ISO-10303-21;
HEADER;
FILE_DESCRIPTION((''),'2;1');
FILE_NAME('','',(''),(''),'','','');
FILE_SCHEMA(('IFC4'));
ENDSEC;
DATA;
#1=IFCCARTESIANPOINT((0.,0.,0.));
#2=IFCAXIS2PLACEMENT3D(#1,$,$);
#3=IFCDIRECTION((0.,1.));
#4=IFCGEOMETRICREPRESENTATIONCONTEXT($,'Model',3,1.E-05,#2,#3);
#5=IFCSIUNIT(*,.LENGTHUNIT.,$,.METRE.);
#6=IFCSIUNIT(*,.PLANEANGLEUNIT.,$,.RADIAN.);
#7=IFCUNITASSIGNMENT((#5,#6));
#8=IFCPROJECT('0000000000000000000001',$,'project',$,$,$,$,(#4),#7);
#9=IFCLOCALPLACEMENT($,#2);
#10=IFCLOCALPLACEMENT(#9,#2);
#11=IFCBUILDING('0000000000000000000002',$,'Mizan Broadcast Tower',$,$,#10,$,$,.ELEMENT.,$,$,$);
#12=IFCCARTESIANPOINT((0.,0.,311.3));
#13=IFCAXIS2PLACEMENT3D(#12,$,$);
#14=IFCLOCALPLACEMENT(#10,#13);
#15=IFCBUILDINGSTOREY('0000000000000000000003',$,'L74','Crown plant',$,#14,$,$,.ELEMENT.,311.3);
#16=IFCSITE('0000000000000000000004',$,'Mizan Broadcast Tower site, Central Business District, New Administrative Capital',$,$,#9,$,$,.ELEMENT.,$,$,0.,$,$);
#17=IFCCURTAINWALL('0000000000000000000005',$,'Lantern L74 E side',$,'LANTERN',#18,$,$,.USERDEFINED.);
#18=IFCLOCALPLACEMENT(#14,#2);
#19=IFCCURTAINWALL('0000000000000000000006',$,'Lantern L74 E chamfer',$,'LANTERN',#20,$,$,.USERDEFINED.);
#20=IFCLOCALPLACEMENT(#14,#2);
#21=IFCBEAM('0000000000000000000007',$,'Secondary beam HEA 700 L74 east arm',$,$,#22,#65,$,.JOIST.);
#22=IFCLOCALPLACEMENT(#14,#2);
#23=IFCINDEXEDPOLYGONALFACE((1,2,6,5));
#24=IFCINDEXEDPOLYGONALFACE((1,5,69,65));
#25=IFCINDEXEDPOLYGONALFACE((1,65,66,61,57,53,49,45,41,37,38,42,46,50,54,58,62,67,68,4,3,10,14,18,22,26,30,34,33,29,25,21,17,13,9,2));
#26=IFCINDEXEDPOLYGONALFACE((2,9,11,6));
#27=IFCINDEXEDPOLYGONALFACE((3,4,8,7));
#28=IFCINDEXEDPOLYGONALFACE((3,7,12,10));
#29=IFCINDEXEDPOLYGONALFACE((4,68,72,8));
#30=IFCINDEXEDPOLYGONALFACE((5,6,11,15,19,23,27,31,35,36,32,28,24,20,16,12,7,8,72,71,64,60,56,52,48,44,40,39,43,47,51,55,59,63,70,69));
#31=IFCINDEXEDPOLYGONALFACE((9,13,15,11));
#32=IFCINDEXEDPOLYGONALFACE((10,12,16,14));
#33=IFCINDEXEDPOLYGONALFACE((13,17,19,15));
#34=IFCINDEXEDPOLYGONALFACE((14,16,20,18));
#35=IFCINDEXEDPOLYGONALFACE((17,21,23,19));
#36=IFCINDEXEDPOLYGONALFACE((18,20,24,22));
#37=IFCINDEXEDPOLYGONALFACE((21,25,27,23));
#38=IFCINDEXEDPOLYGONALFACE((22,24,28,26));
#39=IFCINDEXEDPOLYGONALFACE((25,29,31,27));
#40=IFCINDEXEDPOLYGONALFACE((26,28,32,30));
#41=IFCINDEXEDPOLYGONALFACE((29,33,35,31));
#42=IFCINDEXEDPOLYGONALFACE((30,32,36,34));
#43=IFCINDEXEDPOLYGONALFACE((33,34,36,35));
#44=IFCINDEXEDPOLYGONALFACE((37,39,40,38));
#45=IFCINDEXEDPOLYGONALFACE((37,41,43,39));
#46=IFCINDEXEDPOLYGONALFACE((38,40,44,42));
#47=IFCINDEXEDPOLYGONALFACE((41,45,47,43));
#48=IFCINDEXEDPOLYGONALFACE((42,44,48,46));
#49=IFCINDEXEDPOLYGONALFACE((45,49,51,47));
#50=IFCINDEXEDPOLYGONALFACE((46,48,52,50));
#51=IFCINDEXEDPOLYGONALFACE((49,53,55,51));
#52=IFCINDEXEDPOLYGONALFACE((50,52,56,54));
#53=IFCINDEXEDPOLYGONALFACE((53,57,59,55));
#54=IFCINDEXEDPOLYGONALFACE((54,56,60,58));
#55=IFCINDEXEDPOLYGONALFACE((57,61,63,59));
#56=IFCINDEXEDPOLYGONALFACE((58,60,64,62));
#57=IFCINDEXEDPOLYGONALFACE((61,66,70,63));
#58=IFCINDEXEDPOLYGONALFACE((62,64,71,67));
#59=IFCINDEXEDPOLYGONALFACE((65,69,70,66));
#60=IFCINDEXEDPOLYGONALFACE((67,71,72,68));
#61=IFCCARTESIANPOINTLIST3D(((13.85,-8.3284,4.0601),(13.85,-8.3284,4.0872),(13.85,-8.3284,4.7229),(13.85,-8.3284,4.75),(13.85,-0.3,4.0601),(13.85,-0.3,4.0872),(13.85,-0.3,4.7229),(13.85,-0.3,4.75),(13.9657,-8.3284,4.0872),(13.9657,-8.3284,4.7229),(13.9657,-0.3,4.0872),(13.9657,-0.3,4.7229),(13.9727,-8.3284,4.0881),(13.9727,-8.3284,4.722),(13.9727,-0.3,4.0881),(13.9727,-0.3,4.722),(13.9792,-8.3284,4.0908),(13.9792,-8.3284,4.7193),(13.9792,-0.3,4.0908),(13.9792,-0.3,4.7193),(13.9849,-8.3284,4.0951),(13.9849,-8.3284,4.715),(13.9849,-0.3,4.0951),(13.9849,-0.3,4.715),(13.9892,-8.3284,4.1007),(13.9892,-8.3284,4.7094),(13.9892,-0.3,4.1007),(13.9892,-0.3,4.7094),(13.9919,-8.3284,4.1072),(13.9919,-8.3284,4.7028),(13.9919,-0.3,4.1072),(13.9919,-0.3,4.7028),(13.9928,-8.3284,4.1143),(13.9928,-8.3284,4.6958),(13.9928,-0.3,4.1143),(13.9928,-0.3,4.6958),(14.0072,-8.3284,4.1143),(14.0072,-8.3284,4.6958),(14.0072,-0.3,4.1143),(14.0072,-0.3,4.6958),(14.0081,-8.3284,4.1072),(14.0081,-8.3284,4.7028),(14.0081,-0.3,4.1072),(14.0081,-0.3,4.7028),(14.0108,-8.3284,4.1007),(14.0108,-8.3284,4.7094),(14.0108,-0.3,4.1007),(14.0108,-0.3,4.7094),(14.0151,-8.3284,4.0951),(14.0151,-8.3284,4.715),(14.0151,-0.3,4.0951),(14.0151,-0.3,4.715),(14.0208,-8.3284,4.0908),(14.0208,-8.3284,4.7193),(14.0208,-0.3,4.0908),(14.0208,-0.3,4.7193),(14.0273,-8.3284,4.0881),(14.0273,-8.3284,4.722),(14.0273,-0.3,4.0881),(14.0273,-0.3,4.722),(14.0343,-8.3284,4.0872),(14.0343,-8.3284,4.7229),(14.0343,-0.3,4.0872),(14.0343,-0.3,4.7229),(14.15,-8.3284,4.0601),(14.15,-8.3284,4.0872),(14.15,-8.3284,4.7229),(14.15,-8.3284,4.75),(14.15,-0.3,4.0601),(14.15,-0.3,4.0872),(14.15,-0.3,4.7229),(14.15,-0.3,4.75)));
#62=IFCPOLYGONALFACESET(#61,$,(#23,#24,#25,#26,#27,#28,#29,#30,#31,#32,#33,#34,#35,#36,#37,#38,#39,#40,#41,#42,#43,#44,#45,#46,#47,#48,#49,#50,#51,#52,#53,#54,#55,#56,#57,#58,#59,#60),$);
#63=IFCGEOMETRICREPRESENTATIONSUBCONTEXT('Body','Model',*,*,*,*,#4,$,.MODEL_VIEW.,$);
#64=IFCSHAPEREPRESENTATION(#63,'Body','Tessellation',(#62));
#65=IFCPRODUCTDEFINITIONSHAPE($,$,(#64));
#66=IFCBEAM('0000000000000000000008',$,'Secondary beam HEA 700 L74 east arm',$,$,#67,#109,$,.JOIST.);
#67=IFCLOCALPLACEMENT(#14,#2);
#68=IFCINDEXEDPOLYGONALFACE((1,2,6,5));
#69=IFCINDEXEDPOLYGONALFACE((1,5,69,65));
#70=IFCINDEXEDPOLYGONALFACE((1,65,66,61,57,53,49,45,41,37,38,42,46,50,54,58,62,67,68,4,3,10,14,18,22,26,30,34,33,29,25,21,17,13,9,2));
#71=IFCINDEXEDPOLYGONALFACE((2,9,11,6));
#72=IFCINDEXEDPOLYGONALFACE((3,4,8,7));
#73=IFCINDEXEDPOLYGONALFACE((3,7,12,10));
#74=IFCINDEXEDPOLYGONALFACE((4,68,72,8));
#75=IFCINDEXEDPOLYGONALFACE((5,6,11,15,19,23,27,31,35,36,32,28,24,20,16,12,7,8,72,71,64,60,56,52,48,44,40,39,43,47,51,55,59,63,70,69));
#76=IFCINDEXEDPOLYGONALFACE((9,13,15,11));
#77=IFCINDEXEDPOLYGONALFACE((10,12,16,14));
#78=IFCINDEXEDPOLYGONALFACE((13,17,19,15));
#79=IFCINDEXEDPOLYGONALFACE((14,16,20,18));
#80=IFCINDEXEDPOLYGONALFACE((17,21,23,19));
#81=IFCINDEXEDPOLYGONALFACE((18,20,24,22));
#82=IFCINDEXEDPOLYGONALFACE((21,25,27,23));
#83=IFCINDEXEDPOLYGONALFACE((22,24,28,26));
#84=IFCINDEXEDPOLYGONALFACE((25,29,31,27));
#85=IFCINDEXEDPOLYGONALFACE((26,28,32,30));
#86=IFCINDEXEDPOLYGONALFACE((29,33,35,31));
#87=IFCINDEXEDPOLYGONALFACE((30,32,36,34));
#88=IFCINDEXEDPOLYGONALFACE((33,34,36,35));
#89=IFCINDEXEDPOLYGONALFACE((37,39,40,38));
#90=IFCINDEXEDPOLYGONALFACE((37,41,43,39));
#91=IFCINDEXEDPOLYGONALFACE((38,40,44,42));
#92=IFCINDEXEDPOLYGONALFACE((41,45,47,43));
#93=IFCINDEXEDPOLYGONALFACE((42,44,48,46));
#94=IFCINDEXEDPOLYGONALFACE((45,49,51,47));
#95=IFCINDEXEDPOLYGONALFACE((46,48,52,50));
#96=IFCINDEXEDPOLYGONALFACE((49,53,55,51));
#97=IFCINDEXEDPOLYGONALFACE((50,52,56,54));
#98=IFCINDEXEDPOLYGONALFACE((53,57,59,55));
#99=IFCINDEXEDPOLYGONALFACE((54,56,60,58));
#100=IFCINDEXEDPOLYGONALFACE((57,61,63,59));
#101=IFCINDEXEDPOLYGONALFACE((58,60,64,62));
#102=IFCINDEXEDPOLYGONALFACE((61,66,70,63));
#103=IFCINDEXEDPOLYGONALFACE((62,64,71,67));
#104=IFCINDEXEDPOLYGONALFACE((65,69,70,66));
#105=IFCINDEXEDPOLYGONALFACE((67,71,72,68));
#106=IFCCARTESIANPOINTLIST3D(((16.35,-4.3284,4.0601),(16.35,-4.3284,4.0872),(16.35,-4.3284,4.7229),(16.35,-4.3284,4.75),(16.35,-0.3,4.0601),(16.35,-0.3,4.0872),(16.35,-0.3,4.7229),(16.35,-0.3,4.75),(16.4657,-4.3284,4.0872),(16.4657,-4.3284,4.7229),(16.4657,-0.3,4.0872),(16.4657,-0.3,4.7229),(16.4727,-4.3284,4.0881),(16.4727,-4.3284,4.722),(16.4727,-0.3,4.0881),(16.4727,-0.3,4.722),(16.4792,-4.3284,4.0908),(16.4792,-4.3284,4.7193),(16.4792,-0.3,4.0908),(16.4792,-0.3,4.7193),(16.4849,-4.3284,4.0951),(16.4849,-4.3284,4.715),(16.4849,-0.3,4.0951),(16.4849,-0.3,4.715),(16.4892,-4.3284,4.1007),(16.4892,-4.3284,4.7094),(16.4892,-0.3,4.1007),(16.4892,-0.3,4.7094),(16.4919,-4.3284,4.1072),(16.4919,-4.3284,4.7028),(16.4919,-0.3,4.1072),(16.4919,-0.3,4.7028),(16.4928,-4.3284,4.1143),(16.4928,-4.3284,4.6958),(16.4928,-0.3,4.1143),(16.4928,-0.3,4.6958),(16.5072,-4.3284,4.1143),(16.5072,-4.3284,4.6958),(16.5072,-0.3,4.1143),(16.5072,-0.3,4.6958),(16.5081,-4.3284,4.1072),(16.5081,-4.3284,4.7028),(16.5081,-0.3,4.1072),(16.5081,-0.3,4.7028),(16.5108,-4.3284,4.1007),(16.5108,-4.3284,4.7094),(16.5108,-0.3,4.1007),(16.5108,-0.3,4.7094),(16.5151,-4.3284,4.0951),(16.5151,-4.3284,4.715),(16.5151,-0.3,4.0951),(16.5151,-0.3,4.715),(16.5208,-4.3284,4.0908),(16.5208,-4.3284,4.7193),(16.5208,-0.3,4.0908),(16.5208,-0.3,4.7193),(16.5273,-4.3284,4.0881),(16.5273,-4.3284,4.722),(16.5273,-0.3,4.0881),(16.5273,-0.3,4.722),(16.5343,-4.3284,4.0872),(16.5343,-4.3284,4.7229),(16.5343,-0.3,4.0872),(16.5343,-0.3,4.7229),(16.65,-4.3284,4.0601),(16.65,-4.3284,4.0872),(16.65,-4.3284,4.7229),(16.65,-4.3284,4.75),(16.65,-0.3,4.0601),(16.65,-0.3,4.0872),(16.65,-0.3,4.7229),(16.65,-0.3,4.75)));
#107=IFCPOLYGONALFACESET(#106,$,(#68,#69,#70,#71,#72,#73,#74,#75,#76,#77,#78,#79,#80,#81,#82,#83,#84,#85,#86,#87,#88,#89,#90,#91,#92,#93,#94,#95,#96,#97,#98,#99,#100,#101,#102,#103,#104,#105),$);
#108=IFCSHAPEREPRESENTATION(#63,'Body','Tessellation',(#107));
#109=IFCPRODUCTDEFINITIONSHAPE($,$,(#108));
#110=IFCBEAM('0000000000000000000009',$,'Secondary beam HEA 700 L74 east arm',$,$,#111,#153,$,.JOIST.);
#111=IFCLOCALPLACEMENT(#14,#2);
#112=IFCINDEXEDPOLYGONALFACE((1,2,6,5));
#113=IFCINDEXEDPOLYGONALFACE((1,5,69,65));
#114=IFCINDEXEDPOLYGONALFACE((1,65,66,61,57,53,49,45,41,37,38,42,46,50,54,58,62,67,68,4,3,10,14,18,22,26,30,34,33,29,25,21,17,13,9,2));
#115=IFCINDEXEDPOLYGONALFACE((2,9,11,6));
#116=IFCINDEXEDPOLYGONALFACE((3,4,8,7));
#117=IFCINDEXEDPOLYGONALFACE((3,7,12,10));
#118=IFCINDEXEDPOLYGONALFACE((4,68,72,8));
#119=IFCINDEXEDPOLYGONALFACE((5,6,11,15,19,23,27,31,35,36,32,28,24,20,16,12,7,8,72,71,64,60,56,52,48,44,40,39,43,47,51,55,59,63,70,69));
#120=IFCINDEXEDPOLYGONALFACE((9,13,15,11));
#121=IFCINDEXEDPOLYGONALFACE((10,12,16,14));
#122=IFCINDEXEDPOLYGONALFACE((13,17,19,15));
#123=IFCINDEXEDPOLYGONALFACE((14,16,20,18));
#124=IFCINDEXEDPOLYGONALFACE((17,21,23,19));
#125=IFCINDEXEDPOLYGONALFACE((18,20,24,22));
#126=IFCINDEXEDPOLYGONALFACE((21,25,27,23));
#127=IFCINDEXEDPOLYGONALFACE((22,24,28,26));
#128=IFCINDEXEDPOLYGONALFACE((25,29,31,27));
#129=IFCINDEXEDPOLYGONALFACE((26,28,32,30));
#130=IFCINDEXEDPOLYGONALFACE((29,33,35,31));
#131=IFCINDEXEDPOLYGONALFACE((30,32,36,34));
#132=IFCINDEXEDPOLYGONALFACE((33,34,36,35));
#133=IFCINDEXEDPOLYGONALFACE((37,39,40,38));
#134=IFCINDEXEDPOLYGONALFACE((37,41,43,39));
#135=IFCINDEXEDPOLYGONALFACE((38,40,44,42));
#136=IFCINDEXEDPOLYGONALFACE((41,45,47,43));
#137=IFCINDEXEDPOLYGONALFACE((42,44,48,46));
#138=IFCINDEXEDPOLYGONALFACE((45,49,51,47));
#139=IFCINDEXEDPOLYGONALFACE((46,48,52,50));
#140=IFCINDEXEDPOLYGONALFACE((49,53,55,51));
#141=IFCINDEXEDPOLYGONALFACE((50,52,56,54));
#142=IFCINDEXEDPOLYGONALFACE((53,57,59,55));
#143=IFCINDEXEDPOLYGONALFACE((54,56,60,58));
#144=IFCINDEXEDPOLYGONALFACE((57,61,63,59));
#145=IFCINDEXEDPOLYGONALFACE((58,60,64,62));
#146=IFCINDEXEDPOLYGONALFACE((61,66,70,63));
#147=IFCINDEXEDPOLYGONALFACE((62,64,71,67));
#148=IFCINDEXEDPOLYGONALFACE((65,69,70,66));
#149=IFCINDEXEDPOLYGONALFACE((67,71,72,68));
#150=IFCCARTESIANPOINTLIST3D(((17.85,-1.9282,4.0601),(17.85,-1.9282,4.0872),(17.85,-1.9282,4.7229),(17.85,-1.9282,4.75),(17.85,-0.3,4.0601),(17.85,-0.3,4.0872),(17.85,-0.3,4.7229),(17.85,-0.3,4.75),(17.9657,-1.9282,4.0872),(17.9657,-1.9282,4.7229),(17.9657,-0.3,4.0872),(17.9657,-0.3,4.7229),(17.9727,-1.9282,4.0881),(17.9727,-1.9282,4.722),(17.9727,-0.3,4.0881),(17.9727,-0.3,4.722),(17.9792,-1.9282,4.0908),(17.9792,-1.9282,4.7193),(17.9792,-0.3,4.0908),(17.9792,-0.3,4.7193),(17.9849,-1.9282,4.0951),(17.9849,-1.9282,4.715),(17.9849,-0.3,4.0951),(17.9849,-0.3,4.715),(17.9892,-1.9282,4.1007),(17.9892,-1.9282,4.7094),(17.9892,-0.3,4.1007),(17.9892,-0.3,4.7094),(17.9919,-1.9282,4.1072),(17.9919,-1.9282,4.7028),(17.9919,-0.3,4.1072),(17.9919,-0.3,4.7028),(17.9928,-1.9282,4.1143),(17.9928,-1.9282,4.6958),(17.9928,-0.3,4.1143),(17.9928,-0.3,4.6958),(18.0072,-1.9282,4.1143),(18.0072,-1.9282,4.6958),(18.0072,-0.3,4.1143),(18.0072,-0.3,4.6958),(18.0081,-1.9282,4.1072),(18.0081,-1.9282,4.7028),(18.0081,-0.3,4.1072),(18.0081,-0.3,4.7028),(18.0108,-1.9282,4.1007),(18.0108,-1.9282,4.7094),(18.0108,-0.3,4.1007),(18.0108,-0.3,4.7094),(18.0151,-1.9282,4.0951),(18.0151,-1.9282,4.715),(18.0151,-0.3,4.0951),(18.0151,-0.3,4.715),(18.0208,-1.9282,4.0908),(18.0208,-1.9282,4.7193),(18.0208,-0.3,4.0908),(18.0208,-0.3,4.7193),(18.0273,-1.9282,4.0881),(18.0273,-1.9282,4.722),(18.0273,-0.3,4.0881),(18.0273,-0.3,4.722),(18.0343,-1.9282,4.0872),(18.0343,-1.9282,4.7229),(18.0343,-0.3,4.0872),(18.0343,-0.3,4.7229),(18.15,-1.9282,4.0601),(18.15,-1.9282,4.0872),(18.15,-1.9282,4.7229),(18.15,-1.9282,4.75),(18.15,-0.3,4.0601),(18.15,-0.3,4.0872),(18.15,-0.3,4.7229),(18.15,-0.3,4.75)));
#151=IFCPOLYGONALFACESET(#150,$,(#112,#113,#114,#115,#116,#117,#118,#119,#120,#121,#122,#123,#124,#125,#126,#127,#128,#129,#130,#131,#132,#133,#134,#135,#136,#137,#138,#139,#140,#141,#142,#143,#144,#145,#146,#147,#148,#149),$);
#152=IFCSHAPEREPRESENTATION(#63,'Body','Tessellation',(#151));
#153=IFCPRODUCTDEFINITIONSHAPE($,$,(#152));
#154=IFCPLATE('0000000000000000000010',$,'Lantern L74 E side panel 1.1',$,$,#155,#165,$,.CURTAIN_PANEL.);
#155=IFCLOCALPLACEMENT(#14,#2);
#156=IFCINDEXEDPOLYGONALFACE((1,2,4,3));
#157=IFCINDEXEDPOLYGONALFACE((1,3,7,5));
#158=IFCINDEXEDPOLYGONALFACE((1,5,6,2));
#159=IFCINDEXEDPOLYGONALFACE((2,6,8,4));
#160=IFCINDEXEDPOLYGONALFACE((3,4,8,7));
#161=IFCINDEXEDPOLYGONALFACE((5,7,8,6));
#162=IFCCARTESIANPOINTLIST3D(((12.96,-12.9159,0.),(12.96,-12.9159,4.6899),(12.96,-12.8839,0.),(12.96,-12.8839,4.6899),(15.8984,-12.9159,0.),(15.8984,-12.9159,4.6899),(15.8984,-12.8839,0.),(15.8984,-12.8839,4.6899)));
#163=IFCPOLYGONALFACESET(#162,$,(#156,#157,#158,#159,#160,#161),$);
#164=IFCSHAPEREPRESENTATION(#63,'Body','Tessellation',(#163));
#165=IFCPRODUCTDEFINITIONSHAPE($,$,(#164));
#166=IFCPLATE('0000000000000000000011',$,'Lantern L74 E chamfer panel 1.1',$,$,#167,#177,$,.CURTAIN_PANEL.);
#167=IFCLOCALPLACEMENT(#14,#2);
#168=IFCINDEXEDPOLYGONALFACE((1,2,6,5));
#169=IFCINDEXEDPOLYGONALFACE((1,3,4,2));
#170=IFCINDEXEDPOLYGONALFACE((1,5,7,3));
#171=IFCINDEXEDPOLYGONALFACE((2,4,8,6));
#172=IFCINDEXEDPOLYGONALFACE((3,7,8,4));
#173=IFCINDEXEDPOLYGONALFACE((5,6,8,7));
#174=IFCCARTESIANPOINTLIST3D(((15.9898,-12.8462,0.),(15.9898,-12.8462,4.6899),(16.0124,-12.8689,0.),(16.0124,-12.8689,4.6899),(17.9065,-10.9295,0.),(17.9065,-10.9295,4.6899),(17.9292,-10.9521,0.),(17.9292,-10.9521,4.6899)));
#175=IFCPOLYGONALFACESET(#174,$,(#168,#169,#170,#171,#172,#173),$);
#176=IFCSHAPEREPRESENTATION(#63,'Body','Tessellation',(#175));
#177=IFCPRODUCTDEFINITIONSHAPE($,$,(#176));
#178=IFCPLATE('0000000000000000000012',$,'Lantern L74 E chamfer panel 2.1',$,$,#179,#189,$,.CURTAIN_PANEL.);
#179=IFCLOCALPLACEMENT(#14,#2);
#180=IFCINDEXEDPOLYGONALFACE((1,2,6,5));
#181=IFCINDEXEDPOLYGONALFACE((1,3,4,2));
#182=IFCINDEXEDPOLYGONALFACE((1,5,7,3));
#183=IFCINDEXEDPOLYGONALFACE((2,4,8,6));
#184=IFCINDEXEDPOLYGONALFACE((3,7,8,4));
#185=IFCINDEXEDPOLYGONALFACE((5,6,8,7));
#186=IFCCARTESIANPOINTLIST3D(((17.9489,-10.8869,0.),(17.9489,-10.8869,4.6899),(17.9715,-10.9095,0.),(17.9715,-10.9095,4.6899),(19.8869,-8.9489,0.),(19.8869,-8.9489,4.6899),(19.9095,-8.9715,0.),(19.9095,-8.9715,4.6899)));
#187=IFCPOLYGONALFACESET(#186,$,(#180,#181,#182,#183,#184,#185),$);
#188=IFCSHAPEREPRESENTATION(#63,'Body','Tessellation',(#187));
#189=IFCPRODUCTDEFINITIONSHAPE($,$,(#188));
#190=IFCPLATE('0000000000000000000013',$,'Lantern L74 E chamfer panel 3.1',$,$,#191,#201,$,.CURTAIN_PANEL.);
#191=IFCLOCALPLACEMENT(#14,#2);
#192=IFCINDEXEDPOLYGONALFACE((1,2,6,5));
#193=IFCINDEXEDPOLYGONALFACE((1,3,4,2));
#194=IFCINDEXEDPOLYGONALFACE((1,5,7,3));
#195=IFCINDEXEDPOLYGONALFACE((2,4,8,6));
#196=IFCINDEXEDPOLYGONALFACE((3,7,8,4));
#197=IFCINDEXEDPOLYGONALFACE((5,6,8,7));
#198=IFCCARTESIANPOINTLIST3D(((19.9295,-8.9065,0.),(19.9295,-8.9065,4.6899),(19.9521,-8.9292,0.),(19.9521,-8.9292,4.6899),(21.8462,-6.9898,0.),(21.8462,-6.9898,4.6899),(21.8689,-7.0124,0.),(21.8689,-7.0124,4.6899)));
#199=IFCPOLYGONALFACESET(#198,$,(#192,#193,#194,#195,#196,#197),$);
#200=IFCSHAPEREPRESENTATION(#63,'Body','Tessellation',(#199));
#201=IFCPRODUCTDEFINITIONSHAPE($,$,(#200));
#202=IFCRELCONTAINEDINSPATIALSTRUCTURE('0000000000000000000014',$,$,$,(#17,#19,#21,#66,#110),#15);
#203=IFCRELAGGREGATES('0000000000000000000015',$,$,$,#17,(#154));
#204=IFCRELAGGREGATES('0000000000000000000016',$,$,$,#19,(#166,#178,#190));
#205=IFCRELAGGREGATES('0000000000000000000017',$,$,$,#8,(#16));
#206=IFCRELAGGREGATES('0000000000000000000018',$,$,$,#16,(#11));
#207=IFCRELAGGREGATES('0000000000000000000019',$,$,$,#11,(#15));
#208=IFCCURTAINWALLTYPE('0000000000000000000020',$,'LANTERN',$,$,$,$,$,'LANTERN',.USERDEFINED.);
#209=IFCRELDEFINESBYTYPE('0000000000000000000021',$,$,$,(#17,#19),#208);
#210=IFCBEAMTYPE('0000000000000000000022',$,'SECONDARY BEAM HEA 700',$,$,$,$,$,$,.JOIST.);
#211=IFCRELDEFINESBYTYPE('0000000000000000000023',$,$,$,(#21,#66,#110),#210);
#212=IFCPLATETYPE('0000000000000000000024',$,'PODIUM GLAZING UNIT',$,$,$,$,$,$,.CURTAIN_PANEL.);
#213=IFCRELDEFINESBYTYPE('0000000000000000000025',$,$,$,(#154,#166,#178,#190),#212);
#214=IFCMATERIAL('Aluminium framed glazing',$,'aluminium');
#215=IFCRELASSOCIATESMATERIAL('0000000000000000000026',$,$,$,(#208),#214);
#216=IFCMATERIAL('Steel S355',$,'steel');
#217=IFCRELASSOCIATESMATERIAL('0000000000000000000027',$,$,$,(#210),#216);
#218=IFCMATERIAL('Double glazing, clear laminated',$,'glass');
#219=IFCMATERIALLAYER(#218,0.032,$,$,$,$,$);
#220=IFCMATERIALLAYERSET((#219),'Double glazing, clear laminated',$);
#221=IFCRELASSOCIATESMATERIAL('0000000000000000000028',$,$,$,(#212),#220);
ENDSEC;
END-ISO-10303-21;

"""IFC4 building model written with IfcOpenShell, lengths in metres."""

from ifc_helpers import new_model, si_unit, direction, frame, origin, origin_2d, place, context, subcontext, project, spatial, rectangle, i_section, extrude, material, layer, layer_set, material_profile, profile_set, type_object, element, aggregate, save


model = new_model("IFC4")

# Units and contexts
model_context = context("Model", 3, precision=1e-05, world=origin(), true_north=direction((0.0, 1.0)))
body_context = subcontext(model_context, "Body", "Model", "MODEL_VIEW")
ifc_project = project(units=[si_unit("LENGTHUNIT", "METRE"), si_unit("PLANEANGLEUNIT", "RADIAN")], contexts=[model_context])

# Site, building, storey
site_placement = place(None, origin())
site = spatial("IfcSite", under=ifc_project, at=site_placement, Name="Mizan Broadcast Tower site, Central Business District, New Administrative Capital", CompositionType="ELEMENT", RefElevation=0.0)
building_placement = place(site_placement, origin())
building = spatial("IfcBuilding", under=site, at=building_placement, Name="Mizan Broadcast Tower", CompositionType="ELEMENT")
storey_placement = place(building_placement, frame((0.0, 0.0, 311.3)))
storey = spatial("IfcBuildingStorey", under=building, at=storey_placement, Name="L74", Description="Crown plant", CompositionType="ELEMENT", Elevation=311.3)

# Curtain wall
ifc_material_1 = material(Name="Aluminium framed glazing", Category="aluminium")
curtain_wall_type = type_object("IfcCurtainWallType", Name="LANTERN", ElementType="LANTERN", PredefinedType="USERDEFINED", material=ifc_material_1)
curtain_wall_1_placement = place(storey_placement, origin())
curtain_wall_1 = element("IfcCurtainWall", 1, at=curtain_wall_1_placement, inside=storey, type_object=curtain_wall_type, Name="Lantern L74 E side", ObjectType="LANTERN", PredefinedType="USERDEFINED")

# Curtain wall
curtain_wall_2_placement = place(storey_placement, origin())
curtain_wall_2 = element("IfcCurtainWall", 2, at=curtain_wall_2_placement, inside=storey, type_object=curtain_wall_type, Name="Lantern L74 E chamfer", ObjectType="LANTERN", PredefinedType="USERDEFINED")

# Beams
ifc_material_2 = material(Name="Steel S355", Category="steel")
ifc_material_profile_1 = material_profile(ifc_material_2, i_section(OverallWidth=0.3, OverallDepth=0.6899, WebThickness=0.0144, FlangeThickness=0.0271, FilletRadius=0.0271, at=origin_2d()), Name="HEA 700")
ifc_profile_set_1 = profile_set([ifc_material_profile_1], Name="Steel S355")
beam_type_1 = type_object("IfcBeamType", Name="SECONDARY BEAM HEA 700", PredefinedType="JOIST", material=ifc_profile_set_1)
beam_1_placement = place(storey_placement, frame((14.0, -8.3284, 4.405), z_axis=(0.0, 1.0, 0.0), x_axis=(-1.0, 0.0, 0.0)))
element("IfcBeam", 3, at=beam_1_placement, inside=storey, type_object=beam_type_1, Name="Secondary beam HEA 700 L74 east arm", PredefinedType="JOIST", context=body_context, shape_type="SweptSolid", body=[
    extrude(i_section(OverallWidth=0.3, OverallDepth=0.6899, WebThickness=0.0144, FlangeThickness=0.0271, FilletRadius=0.0271, at=origin_2d()), origin(), (0.0, 0.0, 1.0), 8.0283),
])
beam_2_placement = place(storey_placement, frame((16.5, -4.3284, 4.405), z_axis=(0.0, 1.0, 0.0), x_axis=(-1.0, 0.0, 0.0)))
element("IfcBeam", 4, at=beam_2_placement, inside=storey, type_object=beam_type_1, Name="Secondary beam HEA 700 L74 east arm", PredefinedType="JOIST", context=body_context, shape_type="SweptSolid", body=[
    extrude(i_section(OverallWidth=0.3, OverallDepth=0.6899, WebThickness=0.0144, FlangeThickness=0.0271, FilletRadius=0.0271, at=origin_2d()), origin(), (0.0, 0.0, 1.0), 4.0283),
])
beam_3_placement = place(storey_placement, frame((18.0, -1.9282, 4.405), z_axis=(0.0, 1.0, 0.0), x_axis=(-1.0, 0.0, 0.0)))
element("IfcBeam", 5, at=beam_3_placement, inside=storey, type_object=beam_type_1, Name="Secondary beam HEA 700 L74 east arm", PredefinedType="JOIST", context=body_context, shape_type="SweptSolid", body=[
    extrude(i_section(OverallWidth=0.3, OverallDepth=0.6899, WebThickness=0.0144, FlangeThickness=0.0271, FilletRadius=0.0271, at=origin_2d()), origin(), (0.0, 0.0, 1.0), 1.6282),
])

# Plates
ifc_material_3 = material(Name="Double glazing, clear laminated", Category="glass")
ifc_layer = layer(ifc_material_3, 0.032)
ifc_layer_set = layer_set([ifc_layer], Name="Double glazing, clear laminated")
plate_type = type_object("IfcPlateType", Name="PODIUM GLAZING UNIT", PredefinedType="CURTAIN_PANEL", material=ifc_layer_set)
plate_1_placement = place(storey_placement, frame((14.4292, -12.8999, 0.0), z_axis=(0.0, 0.0, 1.0), x_axis=(1.0, 0.0, 0.0)))
plate_1 = element("IfcPlate", 6, at=plate_1_placement, type_object=plate_type, Name="Lantern L74 E side panel 1.1", PredefinedType="CURTAIN_PANEL", context=body_context, shape_type="SweptSolid", body=[
    extrude(rectangle(XDim=2.9385, YDim=0.032, at=origin_2d()), origin(), (0.0, 0.0, 1.0), 4.6899),
])
aggregate(curtain_wall_1, [plate_1])
plate_2_placement = place(storey_placement, frame((16.9595, -11.8992, 0.0), z_axis=(0.0, 0.0, 1.0), x_axis=(0.707107, 0.707107, 0.0)))
plate_2 = element("IfcPlate", 7, at=plate_2_placement, type_object=plate_type, Name="Lantern L74 E chamfer panel 1.1", PredefinedType="CURTAIN_PANEL", context=body_context, shape_type="SweptSolid", body=[
    extrude(rectangle(XDim=2.7107, YDim=0.032, at=origin_2d()), origin(), (0.0, 0.0, 1.0), 4.6899),
])
plate_3_placement = place(storey_placement, frame((18.9292, -9.9292, 0.0), z_axis=(0.0, 0.0, 1.0), x_axis=(0.707107, 0.707107, 0.0)))
plate_3 = element("IfcPlate", 8, at=plate_3_placement, type_object=plate_type, Name="Lantern L74 E chamfer panel 2.1", PredefinedType="CURTAIN_PANEL", context=body_context, shape_type="SweptSolid", body=[
    extrude(rectangle(XDim=2.7407, YDim=0.032, at=origin_2d()), origin(), (0.0, 0.0, 1.0), 4.6899),
])
plate_4_placement = place(storey_placement, frame((20.8992, -7.9595, 0.0), z_axis=(0.0, 0.0, 1.0), x_axis=(0.707107, 0.707107, 0.0)))
plate_4 = element("IfcPlate", 9, at=plate_4_placement, type_object=plate_type, Name="Lantern L74 E chamfer panel 3.1", PredefinedType="CURTAIN_PANEL", context=body_context, shape_type="SweptSolid", body=[
    extrude(rectangle(XDim=2.7107, YDim=0.032, at=origin_2d()), origin(), (0.0, 0.0, 1.0), 4.6899),
])
aggregate(curtain_wall_2, [plate_2, plate_3, plate_4])

save(model, "model.ifc")
